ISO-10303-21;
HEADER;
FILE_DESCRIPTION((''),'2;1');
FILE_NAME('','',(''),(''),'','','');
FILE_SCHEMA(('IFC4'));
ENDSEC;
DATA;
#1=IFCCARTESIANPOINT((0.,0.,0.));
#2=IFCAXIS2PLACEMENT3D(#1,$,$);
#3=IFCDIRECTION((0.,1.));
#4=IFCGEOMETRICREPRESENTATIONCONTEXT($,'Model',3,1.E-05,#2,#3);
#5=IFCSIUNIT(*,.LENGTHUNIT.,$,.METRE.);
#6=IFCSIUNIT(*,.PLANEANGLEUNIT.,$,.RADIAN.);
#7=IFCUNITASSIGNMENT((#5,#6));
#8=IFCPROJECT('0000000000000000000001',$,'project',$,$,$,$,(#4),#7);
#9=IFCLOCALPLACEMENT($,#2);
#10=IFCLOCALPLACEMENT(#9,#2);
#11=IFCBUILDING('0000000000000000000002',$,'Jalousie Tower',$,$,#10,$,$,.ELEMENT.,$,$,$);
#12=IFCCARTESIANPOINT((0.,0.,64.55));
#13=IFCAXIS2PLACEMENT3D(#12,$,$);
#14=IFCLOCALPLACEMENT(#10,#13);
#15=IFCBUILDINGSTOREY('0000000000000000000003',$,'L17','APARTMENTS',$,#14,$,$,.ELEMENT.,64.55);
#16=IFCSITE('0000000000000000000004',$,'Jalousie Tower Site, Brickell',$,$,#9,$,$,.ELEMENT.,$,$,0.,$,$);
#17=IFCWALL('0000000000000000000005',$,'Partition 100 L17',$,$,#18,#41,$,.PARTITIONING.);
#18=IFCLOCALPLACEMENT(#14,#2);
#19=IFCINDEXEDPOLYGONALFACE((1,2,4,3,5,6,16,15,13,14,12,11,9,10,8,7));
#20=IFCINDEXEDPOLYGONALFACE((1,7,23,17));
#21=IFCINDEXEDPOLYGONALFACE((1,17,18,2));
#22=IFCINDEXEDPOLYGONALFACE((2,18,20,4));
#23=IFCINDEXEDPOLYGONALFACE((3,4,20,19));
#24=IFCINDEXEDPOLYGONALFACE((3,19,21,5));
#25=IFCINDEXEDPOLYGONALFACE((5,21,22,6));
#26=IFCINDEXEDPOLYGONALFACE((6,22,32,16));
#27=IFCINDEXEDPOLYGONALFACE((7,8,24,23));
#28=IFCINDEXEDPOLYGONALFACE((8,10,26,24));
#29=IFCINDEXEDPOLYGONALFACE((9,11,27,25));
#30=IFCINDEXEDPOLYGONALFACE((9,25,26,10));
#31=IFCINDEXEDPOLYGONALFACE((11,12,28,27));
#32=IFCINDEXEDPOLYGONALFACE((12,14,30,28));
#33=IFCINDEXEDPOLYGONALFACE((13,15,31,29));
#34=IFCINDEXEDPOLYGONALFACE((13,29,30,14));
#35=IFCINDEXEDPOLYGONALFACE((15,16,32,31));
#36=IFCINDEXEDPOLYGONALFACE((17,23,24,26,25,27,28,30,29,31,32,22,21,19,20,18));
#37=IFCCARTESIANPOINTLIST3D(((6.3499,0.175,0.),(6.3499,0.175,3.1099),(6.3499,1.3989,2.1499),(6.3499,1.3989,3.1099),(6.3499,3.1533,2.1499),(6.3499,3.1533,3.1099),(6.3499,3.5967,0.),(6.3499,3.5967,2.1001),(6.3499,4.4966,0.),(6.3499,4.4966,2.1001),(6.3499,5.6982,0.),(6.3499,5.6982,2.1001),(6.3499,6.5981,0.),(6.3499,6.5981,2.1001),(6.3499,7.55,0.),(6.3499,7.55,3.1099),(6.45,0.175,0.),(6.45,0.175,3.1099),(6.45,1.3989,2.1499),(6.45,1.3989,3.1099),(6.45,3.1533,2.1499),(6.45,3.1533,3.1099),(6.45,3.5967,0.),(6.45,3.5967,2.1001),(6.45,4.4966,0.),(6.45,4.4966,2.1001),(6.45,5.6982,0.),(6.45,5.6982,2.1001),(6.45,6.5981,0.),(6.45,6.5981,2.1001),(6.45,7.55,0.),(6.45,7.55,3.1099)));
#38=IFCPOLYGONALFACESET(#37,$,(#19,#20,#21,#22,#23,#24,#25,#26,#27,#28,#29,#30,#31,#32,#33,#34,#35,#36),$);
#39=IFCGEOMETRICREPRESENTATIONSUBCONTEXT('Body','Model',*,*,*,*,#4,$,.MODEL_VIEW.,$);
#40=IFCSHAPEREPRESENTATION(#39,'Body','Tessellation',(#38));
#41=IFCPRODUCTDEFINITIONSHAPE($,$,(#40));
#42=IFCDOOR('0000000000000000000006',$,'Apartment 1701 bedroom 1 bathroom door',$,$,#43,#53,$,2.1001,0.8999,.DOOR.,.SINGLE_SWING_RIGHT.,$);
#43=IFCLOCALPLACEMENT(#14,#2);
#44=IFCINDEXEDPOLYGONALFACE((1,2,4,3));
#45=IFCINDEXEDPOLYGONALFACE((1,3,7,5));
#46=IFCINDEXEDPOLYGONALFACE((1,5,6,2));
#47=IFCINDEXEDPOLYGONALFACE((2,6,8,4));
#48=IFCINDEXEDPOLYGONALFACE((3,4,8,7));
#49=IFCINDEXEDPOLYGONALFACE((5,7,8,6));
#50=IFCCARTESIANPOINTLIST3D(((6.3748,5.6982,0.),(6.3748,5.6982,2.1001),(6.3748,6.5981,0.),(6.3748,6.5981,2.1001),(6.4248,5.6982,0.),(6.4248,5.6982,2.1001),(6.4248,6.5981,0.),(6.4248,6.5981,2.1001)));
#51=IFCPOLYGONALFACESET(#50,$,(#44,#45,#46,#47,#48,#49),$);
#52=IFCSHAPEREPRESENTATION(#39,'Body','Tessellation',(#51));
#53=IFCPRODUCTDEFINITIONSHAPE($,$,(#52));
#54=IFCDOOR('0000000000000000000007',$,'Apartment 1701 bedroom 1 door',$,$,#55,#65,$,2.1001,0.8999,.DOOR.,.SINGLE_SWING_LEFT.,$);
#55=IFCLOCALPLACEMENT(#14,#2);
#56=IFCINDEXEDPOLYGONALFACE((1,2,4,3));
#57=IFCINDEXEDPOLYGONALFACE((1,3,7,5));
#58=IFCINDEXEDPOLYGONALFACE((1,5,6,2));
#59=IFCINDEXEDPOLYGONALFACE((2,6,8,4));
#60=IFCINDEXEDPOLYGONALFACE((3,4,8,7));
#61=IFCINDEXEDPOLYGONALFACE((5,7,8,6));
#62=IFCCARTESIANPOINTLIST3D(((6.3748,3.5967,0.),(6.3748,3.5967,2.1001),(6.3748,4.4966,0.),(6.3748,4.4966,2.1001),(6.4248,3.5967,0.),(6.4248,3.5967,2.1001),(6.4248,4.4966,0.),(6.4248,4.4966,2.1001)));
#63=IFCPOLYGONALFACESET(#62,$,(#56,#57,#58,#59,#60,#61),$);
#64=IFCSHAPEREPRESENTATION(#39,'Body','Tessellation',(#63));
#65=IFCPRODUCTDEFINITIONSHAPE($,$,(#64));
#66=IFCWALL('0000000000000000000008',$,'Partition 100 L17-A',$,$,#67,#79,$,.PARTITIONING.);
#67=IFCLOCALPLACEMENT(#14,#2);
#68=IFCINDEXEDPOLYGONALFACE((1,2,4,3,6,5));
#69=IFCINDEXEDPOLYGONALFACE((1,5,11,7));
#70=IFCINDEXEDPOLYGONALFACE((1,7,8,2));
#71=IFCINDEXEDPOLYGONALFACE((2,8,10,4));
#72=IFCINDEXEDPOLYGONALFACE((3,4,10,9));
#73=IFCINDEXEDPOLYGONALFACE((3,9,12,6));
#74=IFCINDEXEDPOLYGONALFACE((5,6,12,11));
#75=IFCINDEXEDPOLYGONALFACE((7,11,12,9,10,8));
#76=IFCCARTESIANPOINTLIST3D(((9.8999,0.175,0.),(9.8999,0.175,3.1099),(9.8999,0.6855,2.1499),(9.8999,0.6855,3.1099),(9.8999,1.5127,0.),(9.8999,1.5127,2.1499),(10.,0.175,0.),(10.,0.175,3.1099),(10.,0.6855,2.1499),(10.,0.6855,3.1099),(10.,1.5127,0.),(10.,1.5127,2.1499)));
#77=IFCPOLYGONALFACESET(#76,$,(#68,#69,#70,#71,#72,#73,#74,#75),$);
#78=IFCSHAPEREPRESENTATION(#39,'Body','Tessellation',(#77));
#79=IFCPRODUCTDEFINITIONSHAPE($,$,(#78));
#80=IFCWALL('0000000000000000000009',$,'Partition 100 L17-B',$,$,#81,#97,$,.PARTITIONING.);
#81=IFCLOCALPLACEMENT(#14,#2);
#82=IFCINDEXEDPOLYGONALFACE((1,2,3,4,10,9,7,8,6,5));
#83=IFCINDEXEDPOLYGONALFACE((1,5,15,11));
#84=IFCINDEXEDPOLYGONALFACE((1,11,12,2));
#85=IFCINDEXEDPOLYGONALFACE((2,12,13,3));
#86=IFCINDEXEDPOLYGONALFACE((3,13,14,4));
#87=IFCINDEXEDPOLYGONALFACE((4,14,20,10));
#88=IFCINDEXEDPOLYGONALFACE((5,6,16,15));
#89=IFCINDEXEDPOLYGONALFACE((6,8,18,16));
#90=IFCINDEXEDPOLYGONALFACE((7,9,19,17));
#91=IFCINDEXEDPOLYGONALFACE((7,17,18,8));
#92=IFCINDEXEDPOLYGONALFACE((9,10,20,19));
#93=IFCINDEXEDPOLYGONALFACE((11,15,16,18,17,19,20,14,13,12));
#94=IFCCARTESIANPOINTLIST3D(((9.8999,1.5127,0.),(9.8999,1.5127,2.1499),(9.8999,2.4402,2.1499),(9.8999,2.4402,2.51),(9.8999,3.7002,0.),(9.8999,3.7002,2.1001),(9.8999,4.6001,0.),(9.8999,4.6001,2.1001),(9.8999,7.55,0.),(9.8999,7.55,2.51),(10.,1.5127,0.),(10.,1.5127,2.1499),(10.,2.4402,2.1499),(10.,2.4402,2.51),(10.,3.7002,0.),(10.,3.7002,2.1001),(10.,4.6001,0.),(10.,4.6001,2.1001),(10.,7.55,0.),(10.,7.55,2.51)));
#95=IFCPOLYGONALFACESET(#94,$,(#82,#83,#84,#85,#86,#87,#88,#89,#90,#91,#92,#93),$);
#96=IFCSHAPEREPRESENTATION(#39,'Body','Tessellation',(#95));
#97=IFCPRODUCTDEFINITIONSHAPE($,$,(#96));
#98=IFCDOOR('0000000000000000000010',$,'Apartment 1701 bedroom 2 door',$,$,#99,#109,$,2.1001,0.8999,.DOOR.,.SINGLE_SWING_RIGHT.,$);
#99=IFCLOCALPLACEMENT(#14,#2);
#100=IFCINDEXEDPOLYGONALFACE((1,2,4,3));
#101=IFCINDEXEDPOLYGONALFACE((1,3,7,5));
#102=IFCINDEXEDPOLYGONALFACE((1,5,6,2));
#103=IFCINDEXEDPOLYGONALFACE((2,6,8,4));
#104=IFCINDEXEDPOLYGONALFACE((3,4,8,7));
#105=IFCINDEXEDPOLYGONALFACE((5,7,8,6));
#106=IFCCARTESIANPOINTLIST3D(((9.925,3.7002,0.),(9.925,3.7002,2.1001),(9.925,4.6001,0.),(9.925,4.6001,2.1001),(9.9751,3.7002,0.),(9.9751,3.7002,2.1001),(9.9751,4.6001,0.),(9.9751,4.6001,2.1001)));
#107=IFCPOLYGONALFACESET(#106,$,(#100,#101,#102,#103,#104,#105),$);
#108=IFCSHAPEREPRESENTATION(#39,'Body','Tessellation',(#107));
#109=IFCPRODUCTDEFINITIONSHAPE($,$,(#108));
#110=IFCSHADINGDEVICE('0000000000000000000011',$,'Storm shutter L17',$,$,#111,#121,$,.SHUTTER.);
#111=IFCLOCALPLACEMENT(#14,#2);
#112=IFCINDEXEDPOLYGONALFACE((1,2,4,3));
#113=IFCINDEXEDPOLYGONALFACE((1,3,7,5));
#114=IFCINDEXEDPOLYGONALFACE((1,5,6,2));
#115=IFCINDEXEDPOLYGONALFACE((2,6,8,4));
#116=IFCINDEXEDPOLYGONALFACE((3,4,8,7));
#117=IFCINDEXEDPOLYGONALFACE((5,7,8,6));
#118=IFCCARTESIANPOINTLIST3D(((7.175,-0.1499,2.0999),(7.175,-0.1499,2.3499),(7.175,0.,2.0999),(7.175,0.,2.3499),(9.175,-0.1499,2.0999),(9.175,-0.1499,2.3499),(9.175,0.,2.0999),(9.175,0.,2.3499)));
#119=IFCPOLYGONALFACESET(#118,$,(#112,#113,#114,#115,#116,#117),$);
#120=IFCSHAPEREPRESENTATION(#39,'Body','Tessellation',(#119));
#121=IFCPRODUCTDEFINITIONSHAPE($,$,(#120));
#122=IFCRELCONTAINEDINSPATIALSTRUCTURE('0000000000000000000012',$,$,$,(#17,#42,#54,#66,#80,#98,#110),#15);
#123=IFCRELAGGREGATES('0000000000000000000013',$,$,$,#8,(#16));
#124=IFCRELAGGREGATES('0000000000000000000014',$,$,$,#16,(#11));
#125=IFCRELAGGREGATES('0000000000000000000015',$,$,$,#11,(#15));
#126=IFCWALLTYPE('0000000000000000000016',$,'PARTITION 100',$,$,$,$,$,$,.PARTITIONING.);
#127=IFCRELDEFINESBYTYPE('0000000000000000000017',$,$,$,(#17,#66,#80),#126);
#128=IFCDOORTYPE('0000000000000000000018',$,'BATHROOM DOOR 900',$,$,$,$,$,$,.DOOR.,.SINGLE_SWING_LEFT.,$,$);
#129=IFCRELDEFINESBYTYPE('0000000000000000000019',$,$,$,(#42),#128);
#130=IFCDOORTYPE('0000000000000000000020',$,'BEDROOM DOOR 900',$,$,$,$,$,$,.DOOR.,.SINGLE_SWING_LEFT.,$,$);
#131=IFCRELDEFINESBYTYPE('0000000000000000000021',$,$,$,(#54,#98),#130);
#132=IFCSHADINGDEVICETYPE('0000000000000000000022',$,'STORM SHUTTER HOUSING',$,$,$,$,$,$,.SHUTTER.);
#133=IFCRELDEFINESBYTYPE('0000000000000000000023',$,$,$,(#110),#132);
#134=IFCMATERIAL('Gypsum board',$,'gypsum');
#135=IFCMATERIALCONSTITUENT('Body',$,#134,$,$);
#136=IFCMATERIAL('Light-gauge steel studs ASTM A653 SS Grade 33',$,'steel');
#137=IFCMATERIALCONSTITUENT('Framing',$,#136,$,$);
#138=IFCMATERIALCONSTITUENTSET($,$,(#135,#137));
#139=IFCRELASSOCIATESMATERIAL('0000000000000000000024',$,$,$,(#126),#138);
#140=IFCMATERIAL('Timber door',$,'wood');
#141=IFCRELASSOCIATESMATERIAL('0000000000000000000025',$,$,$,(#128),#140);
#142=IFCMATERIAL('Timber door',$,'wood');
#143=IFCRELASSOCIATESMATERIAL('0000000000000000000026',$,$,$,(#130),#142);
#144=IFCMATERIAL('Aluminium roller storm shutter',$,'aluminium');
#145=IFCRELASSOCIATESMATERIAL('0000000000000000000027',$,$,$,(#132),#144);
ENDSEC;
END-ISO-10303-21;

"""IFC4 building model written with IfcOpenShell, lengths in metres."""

from ifc_helpers import new_model, si_unit, direction, frame, frame_2d, origin, origin_2d, place, context, subcontext, project, spatial, polyline, rectangle, outline, extrude, material, constituent, constituent_set, type_object, element, fill, save


model = new_model("IFC4")

# Units and contexts
model_context = context("Model", 3, precision=1e-05, world=origin(), true_north=direction((0.0, 1.0)))
body_context = subcontext(model_context, "Body", "Model", "MODEL_VIEW")
ifc_project = project(units=[si_unit("LENGTHUNIT", "METRE"), si_unit("PLANEANGLEUNIT", "RADIAN")], contexts=[model_context])

# Site, building, storey
site_placement = place(None, origin())
site = spatial("IfcSite", under=ifc_project, at=site_placement, Name="Jalousie Tower Site, Brickell", CompositionType="ELEMENT", RefElevation=0.0)
building_placement = place(site_placement, origin())
building = spatial("IfcBuilding", under=site, at=building_placement, Name="Jalousie Tower", CompositionType="ELEMENT")
storey_placement = place(building_placement, frame((0.0, 0.0, 64.55)))
storey = spatial("IfcBuildingStorey", under=building, at=storey_placement, Name="L17", Description="APARTMENTS", CompositionType="ELEMENT", Elevation=64.55)

# Wall, openings, doors
ifc_material_1 = material(Name="Gypsum board", Category="gypsum")
ifc_constituent_1 = constituent(ifc_material_1, Name="Body")
ifc_material_2 = material(Name="Light-gauge steel studs ASTM A653 SS Grade 33", Category="steel")
ifc_constituent_2 = constituent(ifc_material_2, Name="Framing")
ifc_constituent_set_1 = constituent_set(constituents=[ifc_constituent_1, ifc_constituent_2])
wall_type_1 = type_object("IfcWallType", Name="PARTITION 100", PredefinedType="PARTITIONING", material=ifc_constituent_set_1)
wall_1_placement = place(storey_placement, frame((6.3999, 0.175, 0.0), z_axis=(0.0, 0.0, 1.0), x_axis=(0.0, 1.0, 0.0)))
wall_1 = element("IfcWall", 1, at=wall_1_placement, inside=storey, type_object=wall_type_1, Name="Partition 100 L17", PredefinedType="PARTITIONING", context=body_context, shape_type="SweptSolid", body=[
    extrude(outline(polyline([(0.0, 0.0), (7.375, 0.0), (7.375, 3.1099), (2.9783, 3.1099), (2.9783, 2.1499), (1.2239, 2.1499), (1.2239, 3.1099), (0.0, 3.1099), (0.0, 0.0)])), frame((0.0, 0.05, 0.0), z_axis=(0.0, -1.0, 0.0), x_axis=(1.0, 0.0, 0.0)), (0.0, 0.0, 1.0), 0.1001),
])
opening_1_placement = place(wall_1_placement, frame((3.4216, 0.0, 0.0)))
opening_1 = element("IfcOpeningElement", 2, at=opening_1_placement, cuts=wall_1, PredefinedType="OPENING", context=body_context, shape_type="SweptSolid", body=[
    extrude(rectangle(XDim=0.8999, YDim=2.1001, at=frame_2d((0.45, 1.05))), frame((0.0, 0.0601, 0.0), z_axis=(0.0, -1.0, 0.0), x_axis=(1.0, 0.0, 0.0)), (0.0, 0.0, 1.0), 0.1201),
])
opening_2_placement = place(wall_1_placement, frame((5.5232, 0.0, 0.0)))
opening_2 = element("IfcOpeningElement", 3, at=opening_2_placement, cuts=wall_1, PredefinedType="OPENING", context=body_context, shape_type="SweptSolid", body=[
    extrude(rectangle(XDim=0.8999, YDim=2.1001, at=frame_2d((0.45, 1.05))), frame((0.0, 0.0601, 0.0), z_axis=(0.0, -1.0, 0.0), x_axis=(1.0, 0.0, 0.0)), (0.0, 0.0, 1.0), 0.1201),
])
ifc_material_3 = material(Name="Timber door", Category="wood")
door_type_1 = type_object("IfcDoorType", Name="BATHROOM DOOR 900", OperationType="SINGLE_SWING_LEFT", PredefinedType="DOOR", material=ifc_material_3)
door_1_placement = place(opening_2_placement, frame((0.8999, 0.0, 0.0), z_axis=(0.0, 0.0, 1.0), x_axis=(-1.0, 0.0, 0.0)))
door_1 = element("IfcDoor", 4, at=door_1_placement, inside=storey, type_object=door_type_1, Name="Apartment 1701 bedroom 1 bathroom door", OperationType="SINGLE_SWING_RIGHT", OverallHeight=2.1001, OverallWidth=0.8999, PredefinedType="DOOR", context=body_context, shape_type="SweptSolid", body=[
    extrude(rectangle(XDim=0.8999, YDim=2.1001, at=frame_2d((0.45, 1.05))), frame((0.0, 0.0249, 0.0), z_axis=(0.0, -1.0, 0.0), x_axis=(1.0, 0.0, 0.0)), (0.0, 0.0, 1.0), 0.05),
])
fill(opening_2, door_1)
ifc_material_4 = material(Name="Timber door", Category="wood")
door_type_2 = type_object("IfcDoorType", Name="BEDROOM DOOR 900", OperationType="SINGLE_SWING_LEFT", PredefinedType="DOOR", material=ifc_material_4)
door_2_placement = place(opening_1_placement, frame((0.8999, 0.0, 0.0), z_axis=(0.0, 0.0, 1.0), x_axis=(-1.0, 0.0, 0.0)))
door_2 = element("IfcDoor", 5, at=door_2_placement, inside=storey, type_object=door_type_2, Name="Apartment 1701 bedroom 1 door", OperationType="SINGLE_SWING_LEFT", OverallHeight=2.1001, OverallWidth=0.8999, PredefinedType="DOOR", context=body_context, shape_type="SweptSolid", body=[
    extrude(rectangle(XDim=0.8999, YDim=2.1001, at=frame_2d((0.45, 1.05))), frame((0.0, 0.0249, 0.0), z_axis=(0.0, -1.0, 0.0), x_axis=(1.0, 0.0, 0.0)), (0.0, 0.0, 1.0), 0.05),
])
fill(opening_1, door_2)

# Wall
wall_2_placement = place(storey_placement, frame((9.95, 0.175, 0.0), z_axis=(0.0, 0.0, 1.0), x_axis=(0.0, 1.0, 0.0)))
element("IfcWall", 6, at=wall_2_placement, inside=storey, type_object=wall_type_1, Name="Partition 100 L17-A", PredefinedType="PARTITIONING", context=body_context, shape_type="SweptSolid", body=[
    extrude(outline(polyline([(0.0, 0.0), (1.3376, 0.0), (1.3376, 2.1499), (0.5105, 2.1499), (0.5105, 3.1099), (0.0, 3.1099), (0.0, 0.0)])), frame((0.0, 0.05, 0.0), z_axis=(0.0, -1.0, 0.0), x_axis=(1.0, 0.0, 0.0)), (0.0, 0.0, 1.0), 0.1001),
])

# Wall, opening, door
wall_3_placement = place(storey_placement, frame((9.95, 1.5127, 0.0), z_axis=(0.0, 0.0, 1.0), x_axis=(0.0, 1.0, 0.0)))
wall_3 = element("IfcWall", 7, at=wall_3_placement, inside=storey, type_object=wall_type_1, Name="Partition 100 L17-B", PredefinedType="PARTITIONING", context=body_context, shape_type="SweptSolid", body=[
    extrude(outline(polyline([(0.0, 0.0), (6.0374, 0.0), (6.0374, 2.51), (0.9275, 2.51), (0.9275, 2.1499), (0.0, 2.1499), (0.0, 0.0)])), frame((0.0, 0.05, 0.0), z_axis=(0.0, -1.0, 0.0), x_axis=(1.0, 0.0, 0.0)), (0.0, 0.0, 1.0), 0.1001),
])
opening_3_placement = place(wall_3_placement, frame((2.1875, 0.0, 0.0)))
opening_3 = element("IfcOpeningElement", 8, at=opening_3_placement, cuts=wall_3, PredefinedType="OPENING", context=body_context, shape_type="SweptSolid", body=[
    extrude(rectangle(XDim=0.8999, YDim=2.1001, at=frame_2d((0.45, 1.05))), frame((0.0, 0.0601, 0.0), z_axis=(0.0, -1.0, 0.0), x_axis=(1.0, 0.0, 0.0)), (0.0, 0.0, 1.0), 0.1201),
])
door_3_placement = place(opening_3_placement, origin())
door_3 = element("IfcDoor", 9, at=door_3_placement, inside=storey, type_object=door_type_2, Name="Apartment 1701 bedroom 2 door", OperationType="SINGLE_SWING_RIGHT", OverallHeight=2.1001, OverallWidth=0.8999, PredefinedType="DOOR", context=body_context, shape_type="SweptSolid", body=[
    extrude(rectangle(XDim=0.8999, YDim=2.1001, at=frame_2d((0.45, 1.05))), frame((0.0, 0.0249, 0.0), z_axis=(0.0, -1.0, 0.0), x_axis=(1.0, 0.0, 0.0)), (0.0, 0.0, 1.0), 0.05),
])
fill(opening_3, door_3)

# Shading device
ifc_material_5 = material(Name="Aluminium roller storm shutter", Category="aluminium")
shading_device_type = type_object("IfcShadingDeviceType", Name="STORM SHUTTER HOUSING", PredefinedType="SHUTTER", material=ifc_material_5)
shading_device_placement = place(storey_placement, frame((8.175, -0.075, 2.0999), z_axis=(0.0, 0.0, 1.0), x_axis=(1.0, 0.0, 0.0)))
element("IfcShadingDevice", 10, at=shading_device_placement, inside=storey, type_object=shading_device_type, Name="Storm shutter L17", PredefinedType="SHUTTER", context=body_context, shape_type="SweptSolid", body=[
    extrude(rectangle(XDim=2.0, YDim=0.1499, at=origin_2d()), origin(), (0.0, 0.0, 1.0), 0.25),
])

save(model, "model.ifc")
